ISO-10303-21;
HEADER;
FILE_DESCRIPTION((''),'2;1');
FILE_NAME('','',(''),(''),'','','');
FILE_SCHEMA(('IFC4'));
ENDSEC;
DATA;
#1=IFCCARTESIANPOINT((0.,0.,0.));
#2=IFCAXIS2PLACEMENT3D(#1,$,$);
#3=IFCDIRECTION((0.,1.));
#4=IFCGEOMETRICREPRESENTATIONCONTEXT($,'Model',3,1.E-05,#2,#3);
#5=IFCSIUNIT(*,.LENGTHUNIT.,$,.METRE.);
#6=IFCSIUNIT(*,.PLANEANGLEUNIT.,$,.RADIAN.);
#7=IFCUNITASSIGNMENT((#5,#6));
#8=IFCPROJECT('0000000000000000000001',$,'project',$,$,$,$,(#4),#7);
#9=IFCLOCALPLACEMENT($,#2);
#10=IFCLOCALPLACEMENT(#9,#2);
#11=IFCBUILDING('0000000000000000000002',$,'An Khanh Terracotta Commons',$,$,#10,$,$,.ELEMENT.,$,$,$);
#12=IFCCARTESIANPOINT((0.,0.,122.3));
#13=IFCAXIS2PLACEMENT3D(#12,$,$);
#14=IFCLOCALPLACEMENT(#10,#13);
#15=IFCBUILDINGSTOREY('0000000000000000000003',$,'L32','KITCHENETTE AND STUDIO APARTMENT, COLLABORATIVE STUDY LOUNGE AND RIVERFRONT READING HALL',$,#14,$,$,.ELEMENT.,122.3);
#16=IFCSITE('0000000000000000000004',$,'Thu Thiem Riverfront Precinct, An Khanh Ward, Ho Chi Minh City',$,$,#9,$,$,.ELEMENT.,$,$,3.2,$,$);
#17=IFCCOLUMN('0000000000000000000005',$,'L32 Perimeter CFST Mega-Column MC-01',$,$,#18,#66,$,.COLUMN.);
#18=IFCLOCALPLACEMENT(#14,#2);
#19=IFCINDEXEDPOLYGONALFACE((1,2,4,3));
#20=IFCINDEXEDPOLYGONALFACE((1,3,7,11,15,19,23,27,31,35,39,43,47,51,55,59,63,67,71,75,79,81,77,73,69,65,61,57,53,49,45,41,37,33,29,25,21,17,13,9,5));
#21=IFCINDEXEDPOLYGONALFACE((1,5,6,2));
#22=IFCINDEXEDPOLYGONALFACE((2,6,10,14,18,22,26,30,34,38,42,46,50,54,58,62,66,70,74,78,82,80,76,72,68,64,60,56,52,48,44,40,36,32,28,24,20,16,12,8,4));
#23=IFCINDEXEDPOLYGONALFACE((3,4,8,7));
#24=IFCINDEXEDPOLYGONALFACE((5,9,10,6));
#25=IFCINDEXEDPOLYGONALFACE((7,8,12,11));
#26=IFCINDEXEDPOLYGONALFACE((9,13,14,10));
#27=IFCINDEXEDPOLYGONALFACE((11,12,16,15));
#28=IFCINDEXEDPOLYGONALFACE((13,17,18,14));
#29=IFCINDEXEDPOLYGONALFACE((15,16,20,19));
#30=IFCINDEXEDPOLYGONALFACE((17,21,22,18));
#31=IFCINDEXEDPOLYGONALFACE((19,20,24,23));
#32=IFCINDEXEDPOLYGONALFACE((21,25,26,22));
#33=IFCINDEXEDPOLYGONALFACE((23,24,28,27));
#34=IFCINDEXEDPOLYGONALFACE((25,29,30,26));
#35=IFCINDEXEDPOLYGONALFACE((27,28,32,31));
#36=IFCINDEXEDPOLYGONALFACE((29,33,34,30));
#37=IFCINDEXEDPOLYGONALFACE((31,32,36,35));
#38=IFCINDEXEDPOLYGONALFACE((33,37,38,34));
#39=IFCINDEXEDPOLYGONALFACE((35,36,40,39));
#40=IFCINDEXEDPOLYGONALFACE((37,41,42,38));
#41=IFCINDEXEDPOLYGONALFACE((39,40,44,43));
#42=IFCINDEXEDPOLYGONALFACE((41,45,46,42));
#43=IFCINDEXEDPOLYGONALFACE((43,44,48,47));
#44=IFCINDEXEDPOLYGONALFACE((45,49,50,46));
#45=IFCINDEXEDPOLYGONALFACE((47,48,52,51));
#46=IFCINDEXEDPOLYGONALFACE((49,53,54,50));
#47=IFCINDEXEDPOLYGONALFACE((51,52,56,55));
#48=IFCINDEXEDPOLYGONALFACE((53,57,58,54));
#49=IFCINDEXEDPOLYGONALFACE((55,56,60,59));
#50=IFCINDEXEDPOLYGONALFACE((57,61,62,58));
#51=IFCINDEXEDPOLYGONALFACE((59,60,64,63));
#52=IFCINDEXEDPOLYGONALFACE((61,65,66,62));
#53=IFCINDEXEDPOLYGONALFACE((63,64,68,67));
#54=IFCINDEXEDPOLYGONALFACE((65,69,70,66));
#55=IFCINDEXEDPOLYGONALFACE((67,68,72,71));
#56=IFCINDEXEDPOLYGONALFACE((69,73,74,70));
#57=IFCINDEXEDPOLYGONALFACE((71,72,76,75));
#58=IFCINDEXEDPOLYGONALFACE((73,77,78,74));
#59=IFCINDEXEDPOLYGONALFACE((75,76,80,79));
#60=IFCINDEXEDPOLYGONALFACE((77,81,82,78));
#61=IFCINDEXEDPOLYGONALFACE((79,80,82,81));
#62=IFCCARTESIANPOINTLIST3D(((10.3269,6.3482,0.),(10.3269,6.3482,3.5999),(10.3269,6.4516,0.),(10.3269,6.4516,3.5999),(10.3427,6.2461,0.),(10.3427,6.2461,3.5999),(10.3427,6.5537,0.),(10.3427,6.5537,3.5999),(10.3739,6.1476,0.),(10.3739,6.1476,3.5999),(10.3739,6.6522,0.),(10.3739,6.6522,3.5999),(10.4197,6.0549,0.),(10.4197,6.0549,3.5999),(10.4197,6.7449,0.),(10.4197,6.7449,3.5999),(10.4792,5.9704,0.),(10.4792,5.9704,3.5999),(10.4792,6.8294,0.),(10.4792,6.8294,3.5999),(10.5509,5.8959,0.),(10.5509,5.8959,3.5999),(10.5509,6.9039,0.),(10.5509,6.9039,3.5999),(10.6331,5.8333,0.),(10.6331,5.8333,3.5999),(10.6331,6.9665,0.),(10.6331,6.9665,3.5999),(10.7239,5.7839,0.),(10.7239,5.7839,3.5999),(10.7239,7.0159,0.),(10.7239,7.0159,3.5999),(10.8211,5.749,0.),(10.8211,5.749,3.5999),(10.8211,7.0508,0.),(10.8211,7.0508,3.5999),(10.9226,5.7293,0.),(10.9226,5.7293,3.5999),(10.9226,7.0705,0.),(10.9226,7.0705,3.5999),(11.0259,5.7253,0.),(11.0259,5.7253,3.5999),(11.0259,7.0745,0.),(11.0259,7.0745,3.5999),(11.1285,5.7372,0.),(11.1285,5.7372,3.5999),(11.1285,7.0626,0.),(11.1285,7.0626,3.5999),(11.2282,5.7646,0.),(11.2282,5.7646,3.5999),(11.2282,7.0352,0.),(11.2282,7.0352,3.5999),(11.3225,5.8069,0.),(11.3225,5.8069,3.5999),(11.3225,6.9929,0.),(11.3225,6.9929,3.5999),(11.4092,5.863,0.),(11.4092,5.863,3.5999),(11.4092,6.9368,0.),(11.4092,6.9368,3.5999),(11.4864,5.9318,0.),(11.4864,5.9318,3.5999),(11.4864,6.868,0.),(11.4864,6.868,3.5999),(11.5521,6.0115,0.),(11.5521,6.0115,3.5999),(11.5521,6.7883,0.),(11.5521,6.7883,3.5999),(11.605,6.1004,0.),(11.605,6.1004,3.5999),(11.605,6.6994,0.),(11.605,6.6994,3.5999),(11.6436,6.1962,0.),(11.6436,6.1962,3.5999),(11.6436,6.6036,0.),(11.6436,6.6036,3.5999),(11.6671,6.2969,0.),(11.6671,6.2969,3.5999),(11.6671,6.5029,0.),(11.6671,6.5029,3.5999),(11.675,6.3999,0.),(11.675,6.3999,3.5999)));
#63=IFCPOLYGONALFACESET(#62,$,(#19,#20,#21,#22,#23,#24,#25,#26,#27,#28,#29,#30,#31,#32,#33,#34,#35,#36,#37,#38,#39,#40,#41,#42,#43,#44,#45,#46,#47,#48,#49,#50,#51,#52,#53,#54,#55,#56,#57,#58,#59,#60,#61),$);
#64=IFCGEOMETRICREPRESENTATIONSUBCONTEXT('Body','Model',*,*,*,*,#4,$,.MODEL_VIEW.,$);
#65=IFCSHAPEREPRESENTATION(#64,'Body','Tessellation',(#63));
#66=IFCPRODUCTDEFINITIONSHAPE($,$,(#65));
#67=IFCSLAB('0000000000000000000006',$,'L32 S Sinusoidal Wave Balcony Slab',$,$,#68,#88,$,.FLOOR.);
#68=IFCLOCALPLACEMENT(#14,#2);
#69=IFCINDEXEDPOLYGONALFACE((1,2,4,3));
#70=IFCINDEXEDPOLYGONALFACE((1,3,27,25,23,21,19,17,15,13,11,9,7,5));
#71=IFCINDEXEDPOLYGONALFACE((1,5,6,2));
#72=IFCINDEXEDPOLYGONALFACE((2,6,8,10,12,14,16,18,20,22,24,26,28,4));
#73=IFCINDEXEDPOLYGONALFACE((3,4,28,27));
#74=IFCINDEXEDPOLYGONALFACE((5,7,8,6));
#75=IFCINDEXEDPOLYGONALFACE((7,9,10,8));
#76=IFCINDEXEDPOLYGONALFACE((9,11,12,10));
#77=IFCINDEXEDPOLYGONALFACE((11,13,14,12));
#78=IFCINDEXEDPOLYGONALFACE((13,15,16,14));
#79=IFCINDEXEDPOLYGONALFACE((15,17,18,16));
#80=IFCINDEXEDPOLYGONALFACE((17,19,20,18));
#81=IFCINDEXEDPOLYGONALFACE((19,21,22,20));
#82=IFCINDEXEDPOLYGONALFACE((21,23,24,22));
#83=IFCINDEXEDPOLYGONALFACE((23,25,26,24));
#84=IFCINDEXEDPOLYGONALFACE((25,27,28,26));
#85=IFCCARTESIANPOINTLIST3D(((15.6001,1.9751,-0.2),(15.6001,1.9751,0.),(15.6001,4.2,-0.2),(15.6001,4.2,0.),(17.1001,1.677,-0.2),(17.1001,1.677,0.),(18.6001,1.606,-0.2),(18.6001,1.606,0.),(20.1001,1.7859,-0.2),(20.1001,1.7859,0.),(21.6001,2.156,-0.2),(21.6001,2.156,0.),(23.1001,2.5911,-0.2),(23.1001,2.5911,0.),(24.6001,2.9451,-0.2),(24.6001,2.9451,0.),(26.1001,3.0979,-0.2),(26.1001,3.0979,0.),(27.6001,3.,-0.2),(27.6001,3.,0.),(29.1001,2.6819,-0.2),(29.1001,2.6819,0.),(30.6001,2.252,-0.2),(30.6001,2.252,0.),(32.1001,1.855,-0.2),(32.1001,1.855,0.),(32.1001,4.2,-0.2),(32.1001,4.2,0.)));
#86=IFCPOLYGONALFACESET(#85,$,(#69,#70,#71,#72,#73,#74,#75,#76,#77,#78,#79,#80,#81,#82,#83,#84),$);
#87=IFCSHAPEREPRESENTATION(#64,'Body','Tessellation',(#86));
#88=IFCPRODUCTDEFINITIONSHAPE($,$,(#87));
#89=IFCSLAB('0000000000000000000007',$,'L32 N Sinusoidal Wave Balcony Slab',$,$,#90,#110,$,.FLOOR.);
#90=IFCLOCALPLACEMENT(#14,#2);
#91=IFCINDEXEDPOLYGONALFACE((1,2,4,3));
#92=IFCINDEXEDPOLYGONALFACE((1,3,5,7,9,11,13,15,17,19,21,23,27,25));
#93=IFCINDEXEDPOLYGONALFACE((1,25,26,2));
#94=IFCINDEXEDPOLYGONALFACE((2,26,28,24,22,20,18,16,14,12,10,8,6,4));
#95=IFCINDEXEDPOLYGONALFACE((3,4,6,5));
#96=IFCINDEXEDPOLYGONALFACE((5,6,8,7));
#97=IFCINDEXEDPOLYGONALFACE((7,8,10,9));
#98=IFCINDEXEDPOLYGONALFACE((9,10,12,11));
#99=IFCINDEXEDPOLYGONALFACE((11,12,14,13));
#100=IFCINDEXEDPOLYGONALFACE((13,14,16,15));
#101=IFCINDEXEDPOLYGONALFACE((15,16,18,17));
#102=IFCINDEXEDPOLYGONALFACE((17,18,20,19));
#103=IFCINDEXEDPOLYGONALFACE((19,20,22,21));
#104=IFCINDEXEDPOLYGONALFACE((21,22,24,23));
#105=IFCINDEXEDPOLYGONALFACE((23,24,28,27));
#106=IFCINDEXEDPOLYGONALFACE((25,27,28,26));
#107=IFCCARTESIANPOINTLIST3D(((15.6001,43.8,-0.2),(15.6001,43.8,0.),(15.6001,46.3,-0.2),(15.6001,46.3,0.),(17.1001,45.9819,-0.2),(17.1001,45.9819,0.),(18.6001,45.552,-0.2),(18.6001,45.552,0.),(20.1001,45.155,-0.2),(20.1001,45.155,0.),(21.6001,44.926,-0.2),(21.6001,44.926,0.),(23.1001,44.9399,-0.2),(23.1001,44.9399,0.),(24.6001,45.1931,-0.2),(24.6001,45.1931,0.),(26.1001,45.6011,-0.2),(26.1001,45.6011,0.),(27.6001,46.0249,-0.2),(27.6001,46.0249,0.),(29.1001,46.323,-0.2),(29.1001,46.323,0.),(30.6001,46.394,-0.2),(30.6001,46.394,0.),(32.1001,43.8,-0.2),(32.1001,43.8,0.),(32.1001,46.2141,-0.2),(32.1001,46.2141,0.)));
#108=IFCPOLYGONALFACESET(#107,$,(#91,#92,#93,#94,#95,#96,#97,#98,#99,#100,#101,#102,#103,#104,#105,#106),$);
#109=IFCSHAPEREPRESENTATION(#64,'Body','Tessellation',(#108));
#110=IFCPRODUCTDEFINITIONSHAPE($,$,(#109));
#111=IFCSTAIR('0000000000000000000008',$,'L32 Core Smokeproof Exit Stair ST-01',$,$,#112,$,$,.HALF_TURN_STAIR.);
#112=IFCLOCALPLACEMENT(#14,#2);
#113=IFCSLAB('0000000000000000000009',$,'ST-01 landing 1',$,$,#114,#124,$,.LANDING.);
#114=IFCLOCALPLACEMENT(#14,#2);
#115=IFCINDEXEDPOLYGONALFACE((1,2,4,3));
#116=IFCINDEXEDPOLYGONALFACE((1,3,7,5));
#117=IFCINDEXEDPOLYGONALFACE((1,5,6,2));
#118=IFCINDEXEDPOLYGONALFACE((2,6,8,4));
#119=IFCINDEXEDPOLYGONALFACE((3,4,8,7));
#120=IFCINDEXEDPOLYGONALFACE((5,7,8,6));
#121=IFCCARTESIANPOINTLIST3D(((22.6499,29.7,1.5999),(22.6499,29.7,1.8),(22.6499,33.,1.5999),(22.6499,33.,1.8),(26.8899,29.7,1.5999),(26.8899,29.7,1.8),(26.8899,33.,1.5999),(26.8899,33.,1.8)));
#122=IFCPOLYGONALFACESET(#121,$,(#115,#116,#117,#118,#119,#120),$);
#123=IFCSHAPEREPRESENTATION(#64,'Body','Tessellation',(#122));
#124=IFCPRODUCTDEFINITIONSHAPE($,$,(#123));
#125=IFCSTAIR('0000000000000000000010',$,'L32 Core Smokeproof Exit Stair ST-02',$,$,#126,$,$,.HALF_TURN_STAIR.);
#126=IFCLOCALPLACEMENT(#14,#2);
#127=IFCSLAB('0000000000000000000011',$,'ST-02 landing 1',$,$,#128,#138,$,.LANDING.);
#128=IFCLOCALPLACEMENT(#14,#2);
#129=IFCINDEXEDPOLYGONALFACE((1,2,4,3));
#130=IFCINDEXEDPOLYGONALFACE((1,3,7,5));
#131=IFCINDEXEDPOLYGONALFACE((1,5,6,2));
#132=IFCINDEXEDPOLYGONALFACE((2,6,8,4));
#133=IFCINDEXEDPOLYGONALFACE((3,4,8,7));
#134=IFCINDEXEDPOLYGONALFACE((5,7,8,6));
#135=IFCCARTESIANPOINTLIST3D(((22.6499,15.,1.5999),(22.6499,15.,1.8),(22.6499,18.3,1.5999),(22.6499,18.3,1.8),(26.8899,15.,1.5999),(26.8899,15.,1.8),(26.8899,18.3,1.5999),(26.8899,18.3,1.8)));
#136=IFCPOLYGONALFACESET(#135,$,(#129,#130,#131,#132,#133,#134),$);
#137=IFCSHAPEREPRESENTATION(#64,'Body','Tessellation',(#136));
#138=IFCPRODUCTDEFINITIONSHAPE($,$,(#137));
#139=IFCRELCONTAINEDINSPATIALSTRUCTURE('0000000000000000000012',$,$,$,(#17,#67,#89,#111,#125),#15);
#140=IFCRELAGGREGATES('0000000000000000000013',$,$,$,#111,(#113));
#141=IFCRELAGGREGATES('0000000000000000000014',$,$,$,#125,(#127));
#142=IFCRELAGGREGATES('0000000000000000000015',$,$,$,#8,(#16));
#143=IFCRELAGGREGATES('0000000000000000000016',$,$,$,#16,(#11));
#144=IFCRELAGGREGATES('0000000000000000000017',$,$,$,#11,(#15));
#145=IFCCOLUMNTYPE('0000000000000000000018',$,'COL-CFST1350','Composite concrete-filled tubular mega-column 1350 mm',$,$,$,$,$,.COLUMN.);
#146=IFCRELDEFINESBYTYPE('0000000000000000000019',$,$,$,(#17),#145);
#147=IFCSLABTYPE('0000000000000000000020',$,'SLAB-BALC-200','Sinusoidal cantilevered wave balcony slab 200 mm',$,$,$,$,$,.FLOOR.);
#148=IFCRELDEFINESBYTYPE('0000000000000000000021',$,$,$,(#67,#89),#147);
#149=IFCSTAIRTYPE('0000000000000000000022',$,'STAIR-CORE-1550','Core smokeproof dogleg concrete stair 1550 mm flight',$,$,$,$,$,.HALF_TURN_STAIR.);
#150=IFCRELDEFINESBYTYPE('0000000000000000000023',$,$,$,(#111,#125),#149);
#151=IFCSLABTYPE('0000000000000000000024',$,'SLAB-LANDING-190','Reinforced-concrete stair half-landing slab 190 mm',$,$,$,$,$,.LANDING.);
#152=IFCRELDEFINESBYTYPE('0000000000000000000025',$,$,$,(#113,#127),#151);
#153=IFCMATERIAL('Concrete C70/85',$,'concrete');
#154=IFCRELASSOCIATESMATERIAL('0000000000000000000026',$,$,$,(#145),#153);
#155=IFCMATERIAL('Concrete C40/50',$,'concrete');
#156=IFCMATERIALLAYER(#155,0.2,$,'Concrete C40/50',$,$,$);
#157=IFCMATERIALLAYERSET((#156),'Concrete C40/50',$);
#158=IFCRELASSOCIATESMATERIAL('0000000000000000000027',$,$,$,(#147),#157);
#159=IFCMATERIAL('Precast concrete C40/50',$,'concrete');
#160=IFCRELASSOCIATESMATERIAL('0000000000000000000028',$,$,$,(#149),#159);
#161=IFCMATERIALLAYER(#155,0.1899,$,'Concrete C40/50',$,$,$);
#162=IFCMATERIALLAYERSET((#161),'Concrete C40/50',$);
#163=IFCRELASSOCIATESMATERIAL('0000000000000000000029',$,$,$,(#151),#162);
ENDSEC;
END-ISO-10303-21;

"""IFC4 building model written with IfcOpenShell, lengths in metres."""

from ifc_helpers import new_model, si_unit, direction, frame, origin, origin_2d, place, context, subcontext, project, spatial, polyline, circle, outline, extrude, material, layer, layer_set, material_profile, profile_set, type_object, element, aggregate, save


model = new_model("IFC4")

# Units and contexts
model_context = context("Model", 3, precision=1e-05, world=origin(), true_north=direction((0.0, 1.0)))
body_context = subcontext(model_context, "Body", "Model", "MODEL_VIEW")
ifc_project = project(units=[si_unit("LENGTHUNIT", "METRE"), si_unit("PLANEANGLEUNIT", "RADIAN")], contexts=[model_context])

# Site, building, storey
site_placement = place(None, origin())
site = spatial("IfcSite", under=ifc_project, at=site_placement, Name="Thu Thiem Riverfront Precinct, An Khanh Ward, Ho Chi Minh City", CompositionType="ELEMENT", RefElevation=3.2)
building_placement = place(site_placement, origin())
building = spatial("IfcBuilding", under=site, at=building_placement, Name="An Khanh Terracotta Commons", CompositionType="ELEMENT")
storey_placement = place(building_placement, frame((0.0, 0.0, 122.3)))
storey = spatial("IfcBuildingStorey", under=building, at=storey_placement, Name="L32", Description="KITCHENETTE AND STUDIO APARTMENT, COLLABORATIVE STUDY LOUNGE AND RIVERFRONT READING HALL", CompositionType="ELEMENT", Elevation=122.3)

# Column
ifc_material_1 = material(Name="Concrete C70/85", Category="concrete")
ifc_material_profile = material_profile(ifc_material_1, circle(Radius=0.675, at=origin_2d()), Name="CFST1350")
ifc_profile_set = profile_set([ifc_material_profile], Name="Concrete C70/85")
column_type = type_object("IfcColumnType", Name="COL-CFST1350", Description="Composite concrete-filled tubular mega-column 1350 mm", PredefinedType="COLUMN", material=ifc_profile_set)
column_placement = place(storey_placement, frame((11.0, 6.3999, 0.0), z_axis=(0.0, 0.0, 1.0), x_axis=(1.0, 0.0, 0.0)))
element("IfcColumn", 1, at=column_placement, inside=storey, type_object=column_type, Name="L32 Perimeter CFST Mega-Column MC-01", PredefinedType="COLUMN", context=body_context, shape_type="SweptSolid", body=[
    extrude(circle(Radius=0.675, at=origin_2d()), origin(), (0.0, 0.0, 1.0), 3.5999),
])

# Slabs
ifc_material_2 = material(Name="Concrete C40/50", Category="concrete")
ifc_layer_1 = layer(ifc_material_2, 0.2, Name="Concrete C40/50")
ifc_layer_set_1 = layer_set([ifc_layer_1], Name="Concrete C40/50")
slab_type_1 = type_object("IfcSlabType", Name="SLAB-BALC-200", Description="Sinusoidal cantilevered wave balcony slab 200 mm", PredefinedType="FLOOR", material=ifc_layer_set_1)
slab_1_placement = place(storey_placement, frame((0.0, 0.0, -0.2)))
element("IfcSlab", 2, at=slab_1_placement, inside=storey, type_object=slab_type_1, Name="L32 S Sinusoidal Wave Balcony Slab", PredefinedType="FLOOR", context=body_context, shape_type="SweptSolid", body=[
    extrude(outline(polyline([(15.6001, 4.2), (15.6001, 1.9751), (17.1001, 1.677), (18.6001, 1.606), (20.1001, 1.7859), (21.6001, 2.156), (23.1001, 2.5911), (24.6001, 2.9451), (26.1001, 3.0979), (27.6001, 3.0), (29.1001, 2.6819), (30.6001, 2.252), (32.1001, 1.855), (32.1001, 4.2), (15.6001, 4.2)])), origin(), (0.0, 0.0, 1.0), 0.2),
])
slab_2_placement = place(storey_placement, frame((0.0, 0.0, -0.2)))
element("IfcSlab", 3, at=slab_2_placement, inside=storey, type_object=slab_type_1, Name="L32 N Sinusoidal Wave Balcony Slab", PredefinedType="FLOOR", context=body_context, shape_type="SweptSolid", body=[
    extrude(outline(polyline([(32.1001, 43.8), (32.1001, 46.2141), (30.6001, 46.394), (29.1001, 46.323), (27.6001, 46.0249), (26.1001, 45.6011), (24.6001, 45.1931), (23.1001, 44.9399), (21.6001, 44.926), (20.1001, 45.155), (18.6001, 45.552), (17.1001, 45.9819), (15.6001, 46.3), (15.6001, 43.8), (32.1001, 43.8)])), origin(), (0.0, 0.0, 1.0), 0.2),
])

# Stairs, slabs
ifc_material_3 = material(Name="Precast concrete C40/50", Category="concrete")
stair_type = type_object("IfcStairType", Name="STAIR-CORE-1550", Description="Core smokeproof dogleg concrete stair 1550 mm flight", PredefinedType="HALF_TURN_STAIR", material=ifc_material_3)
stair_1_placement = place(storey_placement, origin())
stair_1 = element("IfcStair", 4, at=stair_1_placement, inside=storey, type_object=stair_type, Name="L32 Core Smokeproof Exit Stair ST-01", PredefinedType="HALF_TURN_STAIR")
ifc_layer_2 = layer(ifc_material_2, 0.1899, Name="Concrete C40/50")
ifc_layer_set_2 = layer_set([ifc_layer_2], Name="Concrete C40/50")
slab_type_2 = type_object("IfcSlabType", Name="SLAB-LANDING-190", Description="Reinforced-concrete stair half-landing slab 190 mm", PredefinedType="LANDING", material=ifc_layer_set_2)
slab_3_placement = place(storey_placement, frame((0.0, 0.0, 1.5999)))
slab_3 = element("IfcSlab", 5, at=slab_3_placement, type_object=slab_type_2, Name="ST-01 landing 1", PredefinedType="LANDING", context=body_context, shape_type="SweptSolid", body=[
    extrude(outline(polyline([(26.8899, 33.0), (22.6499, 33.0), (22.6499, 29.7), (26.8899, 29.7), (26.8899, 33.0)])), origin(), (0.0, 0.0, 1.0), 0.2002),
])
aggregate(stair_1, [slab_3])
stair_2_placement = place(storey_placement, origin())
stair_2 = element("IfcStair", 6, at=stair_2_placement, inside=storey, type_object=stair_type, Name="L32 Core Smokeproof Exit Stair ST-02", PredefinedType="HALF_TURN_STAIR")
slab_4_placement = place(storey_placement, frame((0.0, 0.0, 1.5999)))
slab_4 = element("IfcSlab", 7, at=slab_4_placement, type_object=slab_type_2, Name="ST-02 landing 1", PredefinedType="LANDING", context=body_context, shape_type="SweptSolid", body=[
    extrude(outline(polyline([(26.8899, 18.3), (22.6499, 18.3), (22.6499, 15.0), (26.8899, 15.0), (26.8899, 18.3)])), origin(), (0.0, 0.0, 1.0), 0.2002),
])
aggregate(stair_2, [slab_4])

save(model, "model.ifc")
